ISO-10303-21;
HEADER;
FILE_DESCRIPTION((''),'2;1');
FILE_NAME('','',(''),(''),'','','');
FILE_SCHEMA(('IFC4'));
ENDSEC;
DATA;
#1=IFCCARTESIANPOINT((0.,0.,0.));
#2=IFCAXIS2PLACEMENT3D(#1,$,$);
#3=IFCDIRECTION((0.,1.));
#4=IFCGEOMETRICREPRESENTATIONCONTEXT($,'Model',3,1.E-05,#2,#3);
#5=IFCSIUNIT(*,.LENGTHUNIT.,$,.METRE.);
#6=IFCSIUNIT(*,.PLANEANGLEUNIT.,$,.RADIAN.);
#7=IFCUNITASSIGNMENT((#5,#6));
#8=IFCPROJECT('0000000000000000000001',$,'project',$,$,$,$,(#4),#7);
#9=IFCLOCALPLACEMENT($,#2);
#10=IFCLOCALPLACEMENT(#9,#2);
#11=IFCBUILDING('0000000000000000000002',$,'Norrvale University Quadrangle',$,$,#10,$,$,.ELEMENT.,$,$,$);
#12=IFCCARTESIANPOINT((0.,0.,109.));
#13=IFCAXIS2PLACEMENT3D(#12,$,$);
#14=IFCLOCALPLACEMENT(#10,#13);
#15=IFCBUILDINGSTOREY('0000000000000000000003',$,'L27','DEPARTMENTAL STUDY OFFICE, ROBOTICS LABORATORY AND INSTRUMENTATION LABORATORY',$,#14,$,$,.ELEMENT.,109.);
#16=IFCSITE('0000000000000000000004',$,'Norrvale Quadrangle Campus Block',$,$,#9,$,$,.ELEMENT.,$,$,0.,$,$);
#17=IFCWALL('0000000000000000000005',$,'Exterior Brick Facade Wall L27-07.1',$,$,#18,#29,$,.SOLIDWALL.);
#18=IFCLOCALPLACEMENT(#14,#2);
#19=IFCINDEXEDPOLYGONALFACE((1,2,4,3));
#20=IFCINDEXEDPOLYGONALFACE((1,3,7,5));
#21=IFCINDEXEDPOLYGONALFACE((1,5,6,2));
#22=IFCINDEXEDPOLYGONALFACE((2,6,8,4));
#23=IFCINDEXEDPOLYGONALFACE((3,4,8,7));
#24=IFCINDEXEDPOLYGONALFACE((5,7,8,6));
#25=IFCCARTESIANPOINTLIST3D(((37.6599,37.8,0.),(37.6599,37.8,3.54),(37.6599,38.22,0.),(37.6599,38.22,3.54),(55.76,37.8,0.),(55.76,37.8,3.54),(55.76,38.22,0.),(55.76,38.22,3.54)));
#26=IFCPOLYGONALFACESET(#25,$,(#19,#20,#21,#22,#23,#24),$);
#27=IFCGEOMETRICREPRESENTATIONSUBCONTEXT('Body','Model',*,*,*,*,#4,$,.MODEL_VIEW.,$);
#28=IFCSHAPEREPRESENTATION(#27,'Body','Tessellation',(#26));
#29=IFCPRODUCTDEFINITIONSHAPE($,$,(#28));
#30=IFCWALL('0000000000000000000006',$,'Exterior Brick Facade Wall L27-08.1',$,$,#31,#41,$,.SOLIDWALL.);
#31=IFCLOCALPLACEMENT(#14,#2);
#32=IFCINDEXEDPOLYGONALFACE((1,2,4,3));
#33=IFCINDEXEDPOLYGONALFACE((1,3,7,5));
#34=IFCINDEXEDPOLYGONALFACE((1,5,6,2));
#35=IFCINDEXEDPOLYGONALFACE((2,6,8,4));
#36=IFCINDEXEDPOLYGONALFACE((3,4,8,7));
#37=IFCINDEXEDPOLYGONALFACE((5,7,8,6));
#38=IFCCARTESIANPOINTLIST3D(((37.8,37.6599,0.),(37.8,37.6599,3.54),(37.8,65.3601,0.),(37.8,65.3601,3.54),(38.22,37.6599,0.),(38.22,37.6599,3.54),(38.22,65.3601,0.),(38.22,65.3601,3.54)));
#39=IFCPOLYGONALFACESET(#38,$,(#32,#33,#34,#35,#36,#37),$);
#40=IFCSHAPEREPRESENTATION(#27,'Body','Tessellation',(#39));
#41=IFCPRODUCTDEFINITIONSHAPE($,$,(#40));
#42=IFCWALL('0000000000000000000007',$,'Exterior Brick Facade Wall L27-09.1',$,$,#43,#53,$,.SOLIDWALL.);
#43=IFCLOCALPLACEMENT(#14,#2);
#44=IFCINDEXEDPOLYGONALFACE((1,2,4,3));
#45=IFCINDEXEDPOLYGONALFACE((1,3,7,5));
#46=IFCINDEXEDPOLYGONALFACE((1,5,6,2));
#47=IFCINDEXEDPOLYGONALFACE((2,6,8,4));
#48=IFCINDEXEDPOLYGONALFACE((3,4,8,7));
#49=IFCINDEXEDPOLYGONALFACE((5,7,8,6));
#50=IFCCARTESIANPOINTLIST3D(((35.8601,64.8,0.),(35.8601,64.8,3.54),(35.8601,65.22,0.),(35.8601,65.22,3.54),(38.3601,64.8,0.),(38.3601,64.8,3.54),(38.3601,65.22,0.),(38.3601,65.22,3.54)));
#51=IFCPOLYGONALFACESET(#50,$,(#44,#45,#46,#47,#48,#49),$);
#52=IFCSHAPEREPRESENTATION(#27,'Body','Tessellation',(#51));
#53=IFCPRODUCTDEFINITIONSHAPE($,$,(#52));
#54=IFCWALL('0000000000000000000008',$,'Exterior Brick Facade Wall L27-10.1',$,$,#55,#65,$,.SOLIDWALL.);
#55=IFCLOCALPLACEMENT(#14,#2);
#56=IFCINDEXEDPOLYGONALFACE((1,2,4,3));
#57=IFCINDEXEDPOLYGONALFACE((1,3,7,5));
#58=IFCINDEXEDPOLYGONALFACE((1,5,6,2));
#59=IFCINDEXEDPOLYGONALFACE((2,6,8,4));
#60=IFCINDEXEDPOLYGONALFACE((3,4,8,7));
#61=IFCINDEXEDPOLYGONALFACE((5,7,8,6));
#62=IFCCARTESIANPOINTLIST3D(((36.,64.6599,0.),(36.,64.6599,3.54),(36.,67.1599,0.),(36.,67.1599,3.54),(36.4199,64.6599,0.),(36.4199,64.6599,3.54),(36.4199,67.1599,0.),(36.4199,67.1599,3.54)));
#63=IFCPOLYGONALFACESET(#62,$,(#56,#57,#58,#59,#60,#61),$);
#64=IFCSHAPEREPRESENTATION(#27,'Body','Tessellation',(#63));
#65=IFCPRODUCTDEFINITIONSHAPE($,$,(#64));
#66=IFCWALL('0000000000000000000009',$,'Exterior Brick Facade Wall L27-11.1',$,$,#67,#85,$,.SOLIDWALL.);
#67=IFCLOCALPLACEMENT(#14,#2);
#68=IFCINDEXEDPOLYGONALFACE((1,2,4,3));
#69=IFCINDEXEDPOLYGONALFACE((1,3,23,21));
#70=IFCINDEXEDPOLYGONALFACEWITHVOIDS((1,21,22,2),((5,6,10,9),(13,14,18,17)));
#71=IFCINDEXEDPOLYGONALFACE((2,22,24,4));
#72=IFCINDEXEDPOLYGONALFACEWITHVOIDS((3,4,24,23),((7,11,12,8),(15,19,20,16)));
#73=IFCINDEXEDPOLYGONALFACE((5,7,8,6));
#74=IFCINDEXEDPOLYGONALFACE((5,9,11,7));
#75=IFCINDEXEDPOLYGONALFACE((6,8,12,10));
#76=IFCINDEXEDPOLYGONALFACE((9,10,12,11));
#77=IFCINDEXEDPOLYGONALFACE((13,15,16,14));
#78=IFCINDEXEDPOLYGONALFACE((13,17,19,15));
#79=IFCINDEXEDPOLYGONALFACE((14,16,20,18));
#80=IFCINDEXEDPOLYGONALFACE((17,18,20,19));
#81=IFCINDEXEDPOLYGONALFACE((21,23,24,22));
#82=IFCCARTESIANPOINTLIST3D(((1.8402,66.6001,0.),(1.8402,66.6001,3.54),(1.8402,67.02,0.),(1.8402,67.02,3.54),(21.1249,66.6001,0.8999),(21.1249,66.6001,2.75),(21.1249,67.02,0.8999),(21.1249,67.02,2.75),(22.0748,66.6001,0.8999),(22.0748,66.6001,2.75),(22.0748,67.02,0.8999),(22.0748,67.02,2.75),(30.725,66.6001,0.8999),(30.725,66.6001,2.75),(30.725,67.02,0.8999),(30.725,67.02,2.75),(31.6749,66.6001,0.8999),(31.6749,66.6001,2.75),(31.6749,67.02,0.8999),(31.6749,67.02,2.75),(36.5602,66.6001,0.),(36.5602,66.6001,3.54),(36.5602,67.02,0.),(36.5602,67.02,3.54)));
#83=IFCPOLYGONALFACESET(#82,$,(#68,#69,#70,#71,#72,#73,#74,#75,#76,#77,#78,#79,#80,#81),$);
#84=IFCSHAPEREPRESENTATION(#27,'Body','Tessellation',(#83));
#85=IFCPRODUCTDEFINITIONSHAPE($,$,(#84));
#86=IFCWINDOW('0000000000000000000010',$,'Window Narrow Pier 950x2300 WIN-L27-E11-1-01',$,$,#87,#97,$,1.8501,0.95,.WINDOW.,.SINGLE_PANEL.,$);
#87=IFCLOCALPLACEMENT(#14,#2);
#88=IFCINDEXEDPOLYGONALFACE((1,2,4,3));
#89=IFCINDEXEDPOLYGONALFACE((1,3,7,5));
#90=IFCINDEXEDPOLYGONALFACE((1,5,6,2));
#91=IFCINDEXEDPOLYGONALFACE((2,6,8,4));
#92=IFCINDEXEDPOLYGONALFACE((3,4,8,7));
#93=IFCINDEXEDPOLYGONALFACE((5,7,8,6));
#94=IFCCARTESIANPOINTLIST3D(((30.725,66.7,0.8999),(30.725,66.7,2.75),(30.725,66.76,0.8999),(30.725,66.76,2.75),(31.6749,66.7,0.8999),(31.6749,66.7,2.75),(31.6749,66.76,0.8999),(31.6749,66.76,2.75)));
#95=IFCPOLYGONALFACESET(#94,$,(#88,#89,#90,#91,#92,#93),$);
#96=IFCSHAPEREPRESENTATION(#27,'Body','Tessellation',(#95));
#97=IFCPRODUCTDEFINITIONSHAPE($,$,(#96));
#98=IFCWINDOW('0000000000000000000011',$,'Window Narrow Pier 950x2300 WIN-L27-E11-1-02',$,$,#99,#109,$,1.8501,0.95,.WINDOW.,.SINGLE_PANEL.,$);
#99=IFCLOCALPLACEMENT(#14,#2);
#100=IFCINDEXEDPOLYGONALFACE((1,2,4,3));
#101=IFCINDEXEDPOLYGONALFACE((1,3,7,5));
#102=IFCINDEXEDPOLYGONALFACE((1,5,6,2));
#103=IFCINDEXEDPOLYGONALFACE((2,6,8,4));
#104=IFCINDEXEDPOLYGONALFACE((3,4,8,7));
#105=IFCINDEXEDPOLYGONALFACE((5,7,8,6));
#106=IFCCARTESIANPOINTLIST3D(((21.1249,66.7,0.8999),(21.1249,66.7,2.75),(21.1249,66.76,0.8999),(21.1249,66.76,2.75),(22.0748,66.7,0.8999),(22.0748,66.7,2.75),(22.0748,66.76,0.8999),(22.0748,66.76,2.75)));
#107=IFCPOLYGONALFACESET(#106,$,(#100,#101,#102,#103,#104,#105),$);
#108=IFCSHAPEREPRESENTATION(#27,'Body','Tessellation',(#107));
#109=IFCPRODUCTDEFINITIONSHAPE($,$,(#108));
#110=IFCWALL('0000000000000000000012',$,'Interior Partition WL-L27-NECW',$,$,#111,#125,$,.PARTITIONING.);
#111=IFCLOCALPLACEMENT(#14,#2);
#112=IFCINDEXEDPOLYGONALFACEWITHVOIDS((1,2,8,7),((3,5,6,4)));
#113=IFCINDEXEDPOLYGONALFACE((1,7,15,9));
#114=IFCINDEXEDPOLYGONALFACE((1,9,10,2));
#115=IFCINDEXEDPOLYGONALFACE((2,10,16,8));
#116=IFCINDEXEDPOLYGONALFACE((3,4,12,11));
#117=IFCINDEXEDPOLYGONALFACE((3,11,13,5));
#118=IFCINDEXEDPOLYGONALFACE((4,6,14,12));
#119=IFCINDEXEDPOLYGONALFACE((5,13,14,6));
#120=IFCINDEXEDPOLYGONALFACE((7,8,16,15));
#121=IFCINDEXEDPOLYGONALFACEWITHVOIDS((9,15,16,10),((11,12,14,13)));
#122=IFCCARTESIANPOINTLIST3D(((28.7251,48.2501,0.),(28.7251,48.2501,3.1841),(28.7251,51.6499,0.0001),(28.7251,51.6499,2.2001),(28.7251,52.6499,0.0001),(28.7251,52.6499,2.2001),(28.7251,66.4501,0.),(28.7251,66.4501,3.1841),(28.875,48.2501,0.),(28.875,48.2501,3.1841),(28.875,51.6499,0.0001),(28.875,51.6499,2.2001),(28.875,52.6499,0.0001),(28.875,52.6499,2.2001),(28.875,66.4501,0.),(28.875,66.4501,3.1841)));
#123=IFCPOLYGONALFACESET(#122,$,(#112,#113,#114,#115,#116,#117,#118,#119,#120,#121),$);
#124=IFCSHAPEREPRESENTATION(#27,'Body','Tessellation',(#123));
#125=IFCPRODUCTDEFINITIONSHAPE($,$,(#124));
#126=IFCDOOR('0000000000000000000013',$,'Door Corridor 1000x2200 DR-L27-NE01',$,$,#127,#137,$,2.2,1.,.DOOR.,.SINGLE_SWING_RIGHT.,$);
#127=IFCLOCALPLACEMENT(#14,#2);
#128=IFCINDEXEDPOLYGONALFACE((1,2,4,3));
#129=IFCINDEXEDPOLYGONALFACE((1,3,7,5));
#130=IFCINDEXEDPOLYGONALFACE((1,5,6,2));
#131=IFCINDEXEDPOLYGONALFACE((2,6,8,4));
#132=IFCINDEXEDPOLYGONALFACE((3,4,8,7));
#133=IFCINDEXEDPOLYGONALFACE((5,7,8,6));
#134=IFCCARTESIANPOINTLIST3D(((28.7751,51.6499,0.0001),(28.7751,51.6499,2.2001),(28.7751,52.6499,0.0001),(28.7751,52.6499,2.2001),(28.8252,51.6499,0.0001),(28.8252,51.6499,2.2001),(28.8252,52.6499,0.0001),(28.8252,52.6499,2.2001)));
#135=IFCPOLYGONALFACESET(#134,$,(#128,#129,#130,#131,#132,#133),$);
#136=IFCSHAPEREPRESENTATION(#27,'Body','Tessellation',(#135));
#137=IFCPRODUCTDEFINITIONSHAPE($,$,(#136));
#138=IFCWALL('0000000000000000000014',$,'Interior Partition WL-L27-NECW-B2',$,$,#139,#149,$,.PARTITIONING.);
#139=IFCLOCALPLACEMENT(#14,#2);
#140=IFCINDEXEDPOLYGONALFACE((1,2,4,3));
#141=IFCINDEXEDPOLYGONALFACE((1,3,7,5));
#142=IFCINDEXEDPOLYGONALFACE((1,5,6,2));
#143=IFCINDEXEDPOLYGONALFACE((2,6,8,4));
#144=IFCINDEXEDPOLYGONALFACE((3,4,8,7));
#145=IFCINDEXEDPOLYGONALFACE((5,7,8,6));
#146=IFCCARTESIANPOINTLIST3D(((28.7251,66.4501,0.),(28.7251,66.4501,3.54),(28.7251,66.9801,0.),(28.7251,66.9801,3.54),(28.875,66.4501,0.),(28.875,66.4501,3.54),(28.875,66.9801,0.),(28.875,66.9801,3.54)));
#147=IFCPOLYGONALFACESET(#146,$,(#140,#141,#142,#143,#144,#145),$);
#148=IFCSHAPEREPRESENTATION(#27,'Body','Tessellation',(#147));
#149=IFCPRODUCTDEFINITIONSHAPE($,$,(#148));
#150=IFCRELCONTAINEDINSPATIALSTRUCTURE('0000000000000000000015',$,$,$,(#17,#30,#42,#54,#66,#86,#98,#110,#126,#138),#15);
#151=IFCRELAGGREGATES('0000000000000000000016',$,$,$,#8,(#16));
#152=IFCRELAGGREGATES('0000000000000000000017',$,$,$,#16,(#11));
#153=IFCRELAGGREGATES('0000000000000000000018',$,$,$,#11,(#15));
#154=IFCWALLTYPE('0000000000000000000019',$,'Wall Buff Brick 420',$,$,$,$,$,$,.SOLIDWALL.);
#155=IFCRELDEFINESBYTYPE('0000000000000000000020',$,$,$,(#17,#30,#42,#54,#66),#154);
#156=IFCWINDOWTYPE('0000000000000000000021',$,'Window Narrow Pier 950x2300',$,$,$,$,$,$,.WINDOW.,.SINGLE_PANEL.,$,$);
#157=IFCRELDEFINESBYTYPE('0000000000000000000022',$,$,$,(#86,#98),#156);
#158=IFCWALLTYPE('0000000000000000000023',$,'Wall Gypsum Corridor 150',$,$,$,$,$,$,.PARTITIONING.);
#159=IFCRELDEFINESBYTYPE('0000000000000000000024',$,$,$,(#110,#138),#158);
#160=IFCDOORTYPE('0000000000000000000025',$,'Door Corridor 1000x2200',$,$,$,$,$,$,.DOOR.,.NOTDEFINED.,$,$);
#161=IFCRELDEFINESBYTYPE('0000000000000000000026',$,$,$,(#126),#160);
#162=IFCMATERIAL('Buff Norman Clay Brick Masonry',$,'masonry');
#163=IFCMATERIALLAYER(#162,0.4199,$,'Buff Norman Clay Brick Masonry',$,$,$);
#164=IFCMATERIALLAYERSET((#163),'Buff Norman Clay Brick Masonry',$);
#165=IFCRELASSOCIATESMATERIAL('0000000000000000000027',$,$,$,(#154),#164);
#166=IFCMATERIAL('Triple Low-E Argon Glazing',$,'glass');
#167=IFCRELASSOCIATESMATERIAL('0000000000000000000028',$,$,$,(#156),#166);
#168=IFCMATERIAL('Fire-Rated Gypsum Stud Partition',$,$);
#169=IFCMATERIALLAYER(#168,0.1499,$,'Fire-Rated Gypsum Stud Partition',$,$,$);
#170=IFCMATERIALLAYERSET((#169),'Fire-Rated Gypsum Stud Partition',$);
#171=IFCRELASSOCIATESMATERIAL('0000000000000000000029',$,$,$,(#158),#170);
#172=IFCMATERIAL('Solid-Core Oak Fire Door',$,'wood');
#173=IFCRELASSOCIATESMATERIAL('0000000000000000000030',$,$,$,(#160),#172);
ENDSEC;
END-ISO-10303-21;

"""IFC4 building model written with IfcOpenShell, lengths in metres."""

from ifc_helpers import new_model, si_unit, direction, frame, frame_2d, origin, place, context, subcontext, project, spatial, rectangle, extrude, material, layer, layer_set, type_object, element, fill, save


model = new_model("IFC4")

# Units and contexts
model_context = context("Model", 3, precision=1e-05, world=origin(), true_north=direction((0.0, 1.0)))
body_context = subcontext(model_context, "Body", "Model", "MODEL_VIEW")
ifc_project = project(units=[si_unit("LENGTHUNIT", "METRE"), si_unit("PLANEANGLEUNIT", "RADIAN")], contexts=[model_context])

# Site, building, storey
site_placement = place(None, origin())
site = spatial("IfcSite", under=ifc_project, at=site_placement, Name="Norrvale Quadrangle Campus Block", CompositionType="ELEMENT", RefElevation=0.0)
building_placement = place(site_placement, origin())
building = spatial("IfcBuilding", under=site, at=building_placement, Name="Norrvale University Quadrangle", CompositionType="ELEMENT")
storey_placement = place(building_placement, frame((0.0, 0.0, 109.0)))
storey = spatial("IfcBuildingStorey", under=building, at=storey_placement, Name="L27", Description="DEPARTMENTAL STUDY OFFICE, ROBOTICS LABORATORY AND INSTRUMENTATION LABORATORY", CompositionType="ELEMENT", Elevation=109.0)

# Walls
ifc_material_1 = material(Name="Buff Norman Clay Brick Masonry", Category="masonry")
ifc_layer_1 = layer(ifc_material_1, 0.4199, Name="Buff Norman Clay Brick Masonry")
ifc_layer_set_1 = layer_set([ifc_layer_1], Name="Buff Norman Clay Brick Masonry")
wall_type_1 = type_object("IfcWallType", Name="Wall Buff Brick 420", PredefinedType="SOLIDWALL", material=ifc_layer_set_1)
wall_1_placement = place(storey_placement, frame((55.76, 38.01, 0.0), z_axis=(0.0, 0.0, 1.0), x_axis=(-1.0, 0.0, 0.0)))
element("IfcWall", 1, at=wall_1_placement, inside=storey, type_object=wall_type_1, Name="Exterior Brick Facade Wall L27-07.1", PredefinedType="SOLIDWALL", context=body_context, shape_type="SweptSolid", body=[
    extrude(rectangle(XDim=18.1001, YDim=0.4199, at=frame_2d((9.05, 0.0))), origin(), (0.0, 0.0, 1.0), 3.54),
])
wall_2_placement = place(storey_placement, frame((38.01, 37.6599, 0.0), z_axis=(0.0, 0.0, 1.0), x_axis=(0.0, 1.0, 0.0)))
element("IfcWall", 2, at=wall_2_placement, inside=storey, type_object=wall_type_1, Name="Exterior Brick Facade Wall L27-08.1", PredefinedType="SOLIDWALL", context=body_context, shape_type="SweptSolid", body=[
    extrude(rectangle(XDim=27.7002, YDim=0.4199, at=frame_2d((13.8501, 0.0))), origin(), (0.0, 0.0, 1.0), 3.54),
])
for number, where, z_axis, x_axis, name in (
    (3, (38.3601, 65.01, 0.0), (0.0, 0.0, 1.0), (-1.0, 0.0, 0.0), "Exterior Brick Facade Wall L27-09.1"),
    (4, (36.21, 64.6599, 0.0), (0.0, 0.0, 1.0), (0.0, 1.0, 0.0), "Exterior Brick Facade Wall L27-10.1"),
):
    element("IfcWall", number, at=place(storey_placement, frame(where, z_axis=z_axis, x_axis=x_axis)), inside=storey, type_object=wall_type_1, Name=name, PredefinedType="SOLIDWALL", context=body_context, shape_type="SweptSolid", body=[
        extrude(rectangle(XDim=2.5, YDim=0.4199, at=frame_2d((1.25, 0.0))), origin(), (0.0, 0.0, 1.0), 3.54),
    ])

# Wall, openings, windows
wall_3_placement = place(storey_placement, frame((36.5601, 66.8101, 0.0), z_axis=(0.0, 0.0, 1.0), x_axis=(-1.0, 0.0, 0.0)))
wall_3 = element("IfcWall", 5, at=wall_3_placement, inside=storey, type_object=wall_type_1, Name="Exterior Brick Facade Wall L27-11.1", PredefinedType="SOLIDWALL", context=body_context, shape_type="SweptSolid", body=[
    extrude(rectangle(XDim=34.72, YDim=0.4199, at=frame_2d((17.3599, 0.0))), origin(), (0.0, 0.0, 1.0), 3.54),
])
opening_1_placement = place(wall_3_placement, frame((4.885, 0.0, 0.8999)))
opening_1 = element("IfcOpeningElement", 6, at=opening_1_placement, cuts=wall_3, PredefinedType="OPENING", context=body_context, shape_type="SweptSolid", body=[
    extrude(rectangle(XDim=0.95, YDim=1.8501, at=frame_2d((0.4751, 0.925))), frame((0.0, 0.2219, 0.0), z_axis=(0.0, -1.0, 0.0), x_axis=(1.0, 0.0, 0.0)), (0.0, 0.0, 1.0), 0.4438),
])
opening_2_placement = place(wall_3_placement, frame((14.4851, 0.0, 0.8999)))
opening_2 = element("IfcOpeningElement", 7, at=opening_2_placement, cuts=wall_3, PredefinedType="OPENING", context=body_context, shape_type="SweptSolid", body=[
    extrude(rectangle(XDim=0.95, YDim=1.8501, at=frame_2d((0.4751, 0.925))), frame((0.0, 0.2219, 0.0), z_axis=(0.0, -1.0, 0.0), x_axis=(1.0, 0.0, 0.0)), (0.0, 0.0, 1.0), 0.4438),
])
ifc_material_2 = material(Name="Triple Low-E Argon Glazing", Category="glass")
window_type = type_object("IfcWindowType", Name="Window Narrow Pier 950x2300", PartitioningType="SINGLE_PANEL", PredefinedType="WINDOW", material=ifc_material_2)
window_1_placement = place(opening_1_placement, origin())
window_1 = element("IfcWindow", 8, at=window_1_placement, inside=storey, type_object=window_type, Name="Window Narrow Pier 950x2300 WIN-L27-E11-1-01", OverallHeight=1.8501, OverallWidth=0.95, PartitioningType="SINGLE_PANEL", PredefinedType="WINDOW", context=body_context, shape_type="SweptSolid", body=[
    extrude(rectangle(XDim=0.95, YDim=1.8501, at=frame_2d((0.4751, 0.925))), frame((0.0, 0.1101, 0.0), z_axis=(0.0, -1.0, 0.0), x_axis=(1.0, 0.0, 0.0)), (0.0, 0.0, 1.0), 0.0601),
])
fill(opening_1, window_1)
window_2_placement = place(opening_2_placement, origin())
window_2 = element("IfcWindow", 9, at=window_2_placement, inside=storey, type_object=window_type, Name="Window Narrow Pier 950x2300 WIN-L27-E11-1-02", OverallHeight=1.8501, OverallWidth=0.95, PartitioningType="SINGLE_PANEL", PredefinedType="WINDOW", context=body_context, shape_type="SweptSolid", body=[
    extrude(rectangle(XDim=0.95, YDim=1.8501, at=frame_2d((0.4751, 0.925))), frame((0.0, 0.1101, 0.0), z_axis=(0.0, -1.0, 0.0), x_axis=(1.0, 0.0, 0.0)), (0.0, 0.0, 1.0), 0.0601),
])
fill(opening_2, window_2)

# Wall, opening, door
ifc_material_3 = material(Name="Fire-Rated Gypsum Stud Partition")
ifc_layer_2 = layer(ifc_material_3, 0.1499, Name="Fire-Rated Gypsum Stud Partition")
ifc_layer_set_2 = layer_set([ifc_layer_2], Name="Fire-Rated Gypsum Stud Partition")
wall_type_2 = type_object("IfcWallType", Name="Wall Gypsum Corridor 150", PredefinedType="PARTITIONING", material=ifc_layer_set_2)
wall_4_placement = place(storey_placement, frame((28.8, 48.25, 0.0), z_axis=(0.0, 0.0, 1.0), x_axis=(0.0, 1.0, 0.0)))
wall_4 = element("IfcWall", 10, at=wall_4_placement, inside=storey, type_object=wall_type_2, Name="Interior Partition WL-L27-NECW", PredefinedType="PARTITIONING", context=body_context, shape_type="SweptSolid", body=[
    extrude(rectangle(XDim=18.2, YDim=0.1499, at=frame_2d((9.1001, 0.0))), origin(), (0.0, 0.0, 1.0), 3.1841),
])
opening_3_placement = place(wall_4_placement, frame((3.3999, 0.0, 0.0)))
opening_3 = element("IfcOpeningElement", 11, at=opening_3_placement, cuts=wall_4, PredefinedType="OPENING", context=body_context, shape_type="SweptSolid", body=[
    extrude(rectangle(XDim=1.0, YDim=2.2, at=frame_2d((0.5, 1.1001))), frame((0.0, 0.0869, 0.0), z_axis=(0.0, -1.0, 0.0), x_axis=(1.0, 0.0, 0.0)), (0.0, 0.0, 1.0), 0.1738),
])
ifc_material_4 = material(Name="Solid-Core Oak Fire Door", Category="wood")
door_type = type_object("IfcDoorType", Name="Door Corridor 1000x2200", OperationType="NOTDEFINED", PredefinedType="DOOR", material=ifc_material_4)
door_placement = place(opening_3_placement, origin())
door = element("IfcDoor", 12, at=door_placement, inside=storey, type_object=door_type, Name="Door Corridor 1000x2200 DR-L27-NE01", OperationType="SINGLE_SWING_RIGHT", OverallHeight=2.2, OverallWidth=1.0, PredefinedType="DOOR", context=body_context, shape_type="SweptSolid", body=[
    extrude(rectangle(XDim=1.0, YDim=2.2, at=frame_2d((0.5, 1.1001))), frame((0.0, 0.0249, 0.0), z_axis=(0.0, -1.0, 0.0), x_axis=(1.0, 0.0, 0.0)), (0.0, 0.0, 1.0), 0.05),
])
fill(opening_3, door)

# Wall
wall_5_placement = place(storey_placement, frame((28.8, 66.45, 0.0), z_axis=(0.0, 0.0, 1.0), x_axis=(0.0, 1.0, 0.0)))
element("IfcWall", 13, at=wall_5_placement, inside=storey, type_object=wall_type_2, Name="Interior Partition WL-L27-NECW-B2", PredefinedType="PARTITIONING", context=body_context, shape_type="SweptSolid", body=[
    extrude(rectangle(XDim=0.53, YDim=0.1499, at=frame_2d((0.2651, 0.0))), origin(), (0.0, 0.0, 1.0), 3.54),
])

save(model, "model.ifc")
